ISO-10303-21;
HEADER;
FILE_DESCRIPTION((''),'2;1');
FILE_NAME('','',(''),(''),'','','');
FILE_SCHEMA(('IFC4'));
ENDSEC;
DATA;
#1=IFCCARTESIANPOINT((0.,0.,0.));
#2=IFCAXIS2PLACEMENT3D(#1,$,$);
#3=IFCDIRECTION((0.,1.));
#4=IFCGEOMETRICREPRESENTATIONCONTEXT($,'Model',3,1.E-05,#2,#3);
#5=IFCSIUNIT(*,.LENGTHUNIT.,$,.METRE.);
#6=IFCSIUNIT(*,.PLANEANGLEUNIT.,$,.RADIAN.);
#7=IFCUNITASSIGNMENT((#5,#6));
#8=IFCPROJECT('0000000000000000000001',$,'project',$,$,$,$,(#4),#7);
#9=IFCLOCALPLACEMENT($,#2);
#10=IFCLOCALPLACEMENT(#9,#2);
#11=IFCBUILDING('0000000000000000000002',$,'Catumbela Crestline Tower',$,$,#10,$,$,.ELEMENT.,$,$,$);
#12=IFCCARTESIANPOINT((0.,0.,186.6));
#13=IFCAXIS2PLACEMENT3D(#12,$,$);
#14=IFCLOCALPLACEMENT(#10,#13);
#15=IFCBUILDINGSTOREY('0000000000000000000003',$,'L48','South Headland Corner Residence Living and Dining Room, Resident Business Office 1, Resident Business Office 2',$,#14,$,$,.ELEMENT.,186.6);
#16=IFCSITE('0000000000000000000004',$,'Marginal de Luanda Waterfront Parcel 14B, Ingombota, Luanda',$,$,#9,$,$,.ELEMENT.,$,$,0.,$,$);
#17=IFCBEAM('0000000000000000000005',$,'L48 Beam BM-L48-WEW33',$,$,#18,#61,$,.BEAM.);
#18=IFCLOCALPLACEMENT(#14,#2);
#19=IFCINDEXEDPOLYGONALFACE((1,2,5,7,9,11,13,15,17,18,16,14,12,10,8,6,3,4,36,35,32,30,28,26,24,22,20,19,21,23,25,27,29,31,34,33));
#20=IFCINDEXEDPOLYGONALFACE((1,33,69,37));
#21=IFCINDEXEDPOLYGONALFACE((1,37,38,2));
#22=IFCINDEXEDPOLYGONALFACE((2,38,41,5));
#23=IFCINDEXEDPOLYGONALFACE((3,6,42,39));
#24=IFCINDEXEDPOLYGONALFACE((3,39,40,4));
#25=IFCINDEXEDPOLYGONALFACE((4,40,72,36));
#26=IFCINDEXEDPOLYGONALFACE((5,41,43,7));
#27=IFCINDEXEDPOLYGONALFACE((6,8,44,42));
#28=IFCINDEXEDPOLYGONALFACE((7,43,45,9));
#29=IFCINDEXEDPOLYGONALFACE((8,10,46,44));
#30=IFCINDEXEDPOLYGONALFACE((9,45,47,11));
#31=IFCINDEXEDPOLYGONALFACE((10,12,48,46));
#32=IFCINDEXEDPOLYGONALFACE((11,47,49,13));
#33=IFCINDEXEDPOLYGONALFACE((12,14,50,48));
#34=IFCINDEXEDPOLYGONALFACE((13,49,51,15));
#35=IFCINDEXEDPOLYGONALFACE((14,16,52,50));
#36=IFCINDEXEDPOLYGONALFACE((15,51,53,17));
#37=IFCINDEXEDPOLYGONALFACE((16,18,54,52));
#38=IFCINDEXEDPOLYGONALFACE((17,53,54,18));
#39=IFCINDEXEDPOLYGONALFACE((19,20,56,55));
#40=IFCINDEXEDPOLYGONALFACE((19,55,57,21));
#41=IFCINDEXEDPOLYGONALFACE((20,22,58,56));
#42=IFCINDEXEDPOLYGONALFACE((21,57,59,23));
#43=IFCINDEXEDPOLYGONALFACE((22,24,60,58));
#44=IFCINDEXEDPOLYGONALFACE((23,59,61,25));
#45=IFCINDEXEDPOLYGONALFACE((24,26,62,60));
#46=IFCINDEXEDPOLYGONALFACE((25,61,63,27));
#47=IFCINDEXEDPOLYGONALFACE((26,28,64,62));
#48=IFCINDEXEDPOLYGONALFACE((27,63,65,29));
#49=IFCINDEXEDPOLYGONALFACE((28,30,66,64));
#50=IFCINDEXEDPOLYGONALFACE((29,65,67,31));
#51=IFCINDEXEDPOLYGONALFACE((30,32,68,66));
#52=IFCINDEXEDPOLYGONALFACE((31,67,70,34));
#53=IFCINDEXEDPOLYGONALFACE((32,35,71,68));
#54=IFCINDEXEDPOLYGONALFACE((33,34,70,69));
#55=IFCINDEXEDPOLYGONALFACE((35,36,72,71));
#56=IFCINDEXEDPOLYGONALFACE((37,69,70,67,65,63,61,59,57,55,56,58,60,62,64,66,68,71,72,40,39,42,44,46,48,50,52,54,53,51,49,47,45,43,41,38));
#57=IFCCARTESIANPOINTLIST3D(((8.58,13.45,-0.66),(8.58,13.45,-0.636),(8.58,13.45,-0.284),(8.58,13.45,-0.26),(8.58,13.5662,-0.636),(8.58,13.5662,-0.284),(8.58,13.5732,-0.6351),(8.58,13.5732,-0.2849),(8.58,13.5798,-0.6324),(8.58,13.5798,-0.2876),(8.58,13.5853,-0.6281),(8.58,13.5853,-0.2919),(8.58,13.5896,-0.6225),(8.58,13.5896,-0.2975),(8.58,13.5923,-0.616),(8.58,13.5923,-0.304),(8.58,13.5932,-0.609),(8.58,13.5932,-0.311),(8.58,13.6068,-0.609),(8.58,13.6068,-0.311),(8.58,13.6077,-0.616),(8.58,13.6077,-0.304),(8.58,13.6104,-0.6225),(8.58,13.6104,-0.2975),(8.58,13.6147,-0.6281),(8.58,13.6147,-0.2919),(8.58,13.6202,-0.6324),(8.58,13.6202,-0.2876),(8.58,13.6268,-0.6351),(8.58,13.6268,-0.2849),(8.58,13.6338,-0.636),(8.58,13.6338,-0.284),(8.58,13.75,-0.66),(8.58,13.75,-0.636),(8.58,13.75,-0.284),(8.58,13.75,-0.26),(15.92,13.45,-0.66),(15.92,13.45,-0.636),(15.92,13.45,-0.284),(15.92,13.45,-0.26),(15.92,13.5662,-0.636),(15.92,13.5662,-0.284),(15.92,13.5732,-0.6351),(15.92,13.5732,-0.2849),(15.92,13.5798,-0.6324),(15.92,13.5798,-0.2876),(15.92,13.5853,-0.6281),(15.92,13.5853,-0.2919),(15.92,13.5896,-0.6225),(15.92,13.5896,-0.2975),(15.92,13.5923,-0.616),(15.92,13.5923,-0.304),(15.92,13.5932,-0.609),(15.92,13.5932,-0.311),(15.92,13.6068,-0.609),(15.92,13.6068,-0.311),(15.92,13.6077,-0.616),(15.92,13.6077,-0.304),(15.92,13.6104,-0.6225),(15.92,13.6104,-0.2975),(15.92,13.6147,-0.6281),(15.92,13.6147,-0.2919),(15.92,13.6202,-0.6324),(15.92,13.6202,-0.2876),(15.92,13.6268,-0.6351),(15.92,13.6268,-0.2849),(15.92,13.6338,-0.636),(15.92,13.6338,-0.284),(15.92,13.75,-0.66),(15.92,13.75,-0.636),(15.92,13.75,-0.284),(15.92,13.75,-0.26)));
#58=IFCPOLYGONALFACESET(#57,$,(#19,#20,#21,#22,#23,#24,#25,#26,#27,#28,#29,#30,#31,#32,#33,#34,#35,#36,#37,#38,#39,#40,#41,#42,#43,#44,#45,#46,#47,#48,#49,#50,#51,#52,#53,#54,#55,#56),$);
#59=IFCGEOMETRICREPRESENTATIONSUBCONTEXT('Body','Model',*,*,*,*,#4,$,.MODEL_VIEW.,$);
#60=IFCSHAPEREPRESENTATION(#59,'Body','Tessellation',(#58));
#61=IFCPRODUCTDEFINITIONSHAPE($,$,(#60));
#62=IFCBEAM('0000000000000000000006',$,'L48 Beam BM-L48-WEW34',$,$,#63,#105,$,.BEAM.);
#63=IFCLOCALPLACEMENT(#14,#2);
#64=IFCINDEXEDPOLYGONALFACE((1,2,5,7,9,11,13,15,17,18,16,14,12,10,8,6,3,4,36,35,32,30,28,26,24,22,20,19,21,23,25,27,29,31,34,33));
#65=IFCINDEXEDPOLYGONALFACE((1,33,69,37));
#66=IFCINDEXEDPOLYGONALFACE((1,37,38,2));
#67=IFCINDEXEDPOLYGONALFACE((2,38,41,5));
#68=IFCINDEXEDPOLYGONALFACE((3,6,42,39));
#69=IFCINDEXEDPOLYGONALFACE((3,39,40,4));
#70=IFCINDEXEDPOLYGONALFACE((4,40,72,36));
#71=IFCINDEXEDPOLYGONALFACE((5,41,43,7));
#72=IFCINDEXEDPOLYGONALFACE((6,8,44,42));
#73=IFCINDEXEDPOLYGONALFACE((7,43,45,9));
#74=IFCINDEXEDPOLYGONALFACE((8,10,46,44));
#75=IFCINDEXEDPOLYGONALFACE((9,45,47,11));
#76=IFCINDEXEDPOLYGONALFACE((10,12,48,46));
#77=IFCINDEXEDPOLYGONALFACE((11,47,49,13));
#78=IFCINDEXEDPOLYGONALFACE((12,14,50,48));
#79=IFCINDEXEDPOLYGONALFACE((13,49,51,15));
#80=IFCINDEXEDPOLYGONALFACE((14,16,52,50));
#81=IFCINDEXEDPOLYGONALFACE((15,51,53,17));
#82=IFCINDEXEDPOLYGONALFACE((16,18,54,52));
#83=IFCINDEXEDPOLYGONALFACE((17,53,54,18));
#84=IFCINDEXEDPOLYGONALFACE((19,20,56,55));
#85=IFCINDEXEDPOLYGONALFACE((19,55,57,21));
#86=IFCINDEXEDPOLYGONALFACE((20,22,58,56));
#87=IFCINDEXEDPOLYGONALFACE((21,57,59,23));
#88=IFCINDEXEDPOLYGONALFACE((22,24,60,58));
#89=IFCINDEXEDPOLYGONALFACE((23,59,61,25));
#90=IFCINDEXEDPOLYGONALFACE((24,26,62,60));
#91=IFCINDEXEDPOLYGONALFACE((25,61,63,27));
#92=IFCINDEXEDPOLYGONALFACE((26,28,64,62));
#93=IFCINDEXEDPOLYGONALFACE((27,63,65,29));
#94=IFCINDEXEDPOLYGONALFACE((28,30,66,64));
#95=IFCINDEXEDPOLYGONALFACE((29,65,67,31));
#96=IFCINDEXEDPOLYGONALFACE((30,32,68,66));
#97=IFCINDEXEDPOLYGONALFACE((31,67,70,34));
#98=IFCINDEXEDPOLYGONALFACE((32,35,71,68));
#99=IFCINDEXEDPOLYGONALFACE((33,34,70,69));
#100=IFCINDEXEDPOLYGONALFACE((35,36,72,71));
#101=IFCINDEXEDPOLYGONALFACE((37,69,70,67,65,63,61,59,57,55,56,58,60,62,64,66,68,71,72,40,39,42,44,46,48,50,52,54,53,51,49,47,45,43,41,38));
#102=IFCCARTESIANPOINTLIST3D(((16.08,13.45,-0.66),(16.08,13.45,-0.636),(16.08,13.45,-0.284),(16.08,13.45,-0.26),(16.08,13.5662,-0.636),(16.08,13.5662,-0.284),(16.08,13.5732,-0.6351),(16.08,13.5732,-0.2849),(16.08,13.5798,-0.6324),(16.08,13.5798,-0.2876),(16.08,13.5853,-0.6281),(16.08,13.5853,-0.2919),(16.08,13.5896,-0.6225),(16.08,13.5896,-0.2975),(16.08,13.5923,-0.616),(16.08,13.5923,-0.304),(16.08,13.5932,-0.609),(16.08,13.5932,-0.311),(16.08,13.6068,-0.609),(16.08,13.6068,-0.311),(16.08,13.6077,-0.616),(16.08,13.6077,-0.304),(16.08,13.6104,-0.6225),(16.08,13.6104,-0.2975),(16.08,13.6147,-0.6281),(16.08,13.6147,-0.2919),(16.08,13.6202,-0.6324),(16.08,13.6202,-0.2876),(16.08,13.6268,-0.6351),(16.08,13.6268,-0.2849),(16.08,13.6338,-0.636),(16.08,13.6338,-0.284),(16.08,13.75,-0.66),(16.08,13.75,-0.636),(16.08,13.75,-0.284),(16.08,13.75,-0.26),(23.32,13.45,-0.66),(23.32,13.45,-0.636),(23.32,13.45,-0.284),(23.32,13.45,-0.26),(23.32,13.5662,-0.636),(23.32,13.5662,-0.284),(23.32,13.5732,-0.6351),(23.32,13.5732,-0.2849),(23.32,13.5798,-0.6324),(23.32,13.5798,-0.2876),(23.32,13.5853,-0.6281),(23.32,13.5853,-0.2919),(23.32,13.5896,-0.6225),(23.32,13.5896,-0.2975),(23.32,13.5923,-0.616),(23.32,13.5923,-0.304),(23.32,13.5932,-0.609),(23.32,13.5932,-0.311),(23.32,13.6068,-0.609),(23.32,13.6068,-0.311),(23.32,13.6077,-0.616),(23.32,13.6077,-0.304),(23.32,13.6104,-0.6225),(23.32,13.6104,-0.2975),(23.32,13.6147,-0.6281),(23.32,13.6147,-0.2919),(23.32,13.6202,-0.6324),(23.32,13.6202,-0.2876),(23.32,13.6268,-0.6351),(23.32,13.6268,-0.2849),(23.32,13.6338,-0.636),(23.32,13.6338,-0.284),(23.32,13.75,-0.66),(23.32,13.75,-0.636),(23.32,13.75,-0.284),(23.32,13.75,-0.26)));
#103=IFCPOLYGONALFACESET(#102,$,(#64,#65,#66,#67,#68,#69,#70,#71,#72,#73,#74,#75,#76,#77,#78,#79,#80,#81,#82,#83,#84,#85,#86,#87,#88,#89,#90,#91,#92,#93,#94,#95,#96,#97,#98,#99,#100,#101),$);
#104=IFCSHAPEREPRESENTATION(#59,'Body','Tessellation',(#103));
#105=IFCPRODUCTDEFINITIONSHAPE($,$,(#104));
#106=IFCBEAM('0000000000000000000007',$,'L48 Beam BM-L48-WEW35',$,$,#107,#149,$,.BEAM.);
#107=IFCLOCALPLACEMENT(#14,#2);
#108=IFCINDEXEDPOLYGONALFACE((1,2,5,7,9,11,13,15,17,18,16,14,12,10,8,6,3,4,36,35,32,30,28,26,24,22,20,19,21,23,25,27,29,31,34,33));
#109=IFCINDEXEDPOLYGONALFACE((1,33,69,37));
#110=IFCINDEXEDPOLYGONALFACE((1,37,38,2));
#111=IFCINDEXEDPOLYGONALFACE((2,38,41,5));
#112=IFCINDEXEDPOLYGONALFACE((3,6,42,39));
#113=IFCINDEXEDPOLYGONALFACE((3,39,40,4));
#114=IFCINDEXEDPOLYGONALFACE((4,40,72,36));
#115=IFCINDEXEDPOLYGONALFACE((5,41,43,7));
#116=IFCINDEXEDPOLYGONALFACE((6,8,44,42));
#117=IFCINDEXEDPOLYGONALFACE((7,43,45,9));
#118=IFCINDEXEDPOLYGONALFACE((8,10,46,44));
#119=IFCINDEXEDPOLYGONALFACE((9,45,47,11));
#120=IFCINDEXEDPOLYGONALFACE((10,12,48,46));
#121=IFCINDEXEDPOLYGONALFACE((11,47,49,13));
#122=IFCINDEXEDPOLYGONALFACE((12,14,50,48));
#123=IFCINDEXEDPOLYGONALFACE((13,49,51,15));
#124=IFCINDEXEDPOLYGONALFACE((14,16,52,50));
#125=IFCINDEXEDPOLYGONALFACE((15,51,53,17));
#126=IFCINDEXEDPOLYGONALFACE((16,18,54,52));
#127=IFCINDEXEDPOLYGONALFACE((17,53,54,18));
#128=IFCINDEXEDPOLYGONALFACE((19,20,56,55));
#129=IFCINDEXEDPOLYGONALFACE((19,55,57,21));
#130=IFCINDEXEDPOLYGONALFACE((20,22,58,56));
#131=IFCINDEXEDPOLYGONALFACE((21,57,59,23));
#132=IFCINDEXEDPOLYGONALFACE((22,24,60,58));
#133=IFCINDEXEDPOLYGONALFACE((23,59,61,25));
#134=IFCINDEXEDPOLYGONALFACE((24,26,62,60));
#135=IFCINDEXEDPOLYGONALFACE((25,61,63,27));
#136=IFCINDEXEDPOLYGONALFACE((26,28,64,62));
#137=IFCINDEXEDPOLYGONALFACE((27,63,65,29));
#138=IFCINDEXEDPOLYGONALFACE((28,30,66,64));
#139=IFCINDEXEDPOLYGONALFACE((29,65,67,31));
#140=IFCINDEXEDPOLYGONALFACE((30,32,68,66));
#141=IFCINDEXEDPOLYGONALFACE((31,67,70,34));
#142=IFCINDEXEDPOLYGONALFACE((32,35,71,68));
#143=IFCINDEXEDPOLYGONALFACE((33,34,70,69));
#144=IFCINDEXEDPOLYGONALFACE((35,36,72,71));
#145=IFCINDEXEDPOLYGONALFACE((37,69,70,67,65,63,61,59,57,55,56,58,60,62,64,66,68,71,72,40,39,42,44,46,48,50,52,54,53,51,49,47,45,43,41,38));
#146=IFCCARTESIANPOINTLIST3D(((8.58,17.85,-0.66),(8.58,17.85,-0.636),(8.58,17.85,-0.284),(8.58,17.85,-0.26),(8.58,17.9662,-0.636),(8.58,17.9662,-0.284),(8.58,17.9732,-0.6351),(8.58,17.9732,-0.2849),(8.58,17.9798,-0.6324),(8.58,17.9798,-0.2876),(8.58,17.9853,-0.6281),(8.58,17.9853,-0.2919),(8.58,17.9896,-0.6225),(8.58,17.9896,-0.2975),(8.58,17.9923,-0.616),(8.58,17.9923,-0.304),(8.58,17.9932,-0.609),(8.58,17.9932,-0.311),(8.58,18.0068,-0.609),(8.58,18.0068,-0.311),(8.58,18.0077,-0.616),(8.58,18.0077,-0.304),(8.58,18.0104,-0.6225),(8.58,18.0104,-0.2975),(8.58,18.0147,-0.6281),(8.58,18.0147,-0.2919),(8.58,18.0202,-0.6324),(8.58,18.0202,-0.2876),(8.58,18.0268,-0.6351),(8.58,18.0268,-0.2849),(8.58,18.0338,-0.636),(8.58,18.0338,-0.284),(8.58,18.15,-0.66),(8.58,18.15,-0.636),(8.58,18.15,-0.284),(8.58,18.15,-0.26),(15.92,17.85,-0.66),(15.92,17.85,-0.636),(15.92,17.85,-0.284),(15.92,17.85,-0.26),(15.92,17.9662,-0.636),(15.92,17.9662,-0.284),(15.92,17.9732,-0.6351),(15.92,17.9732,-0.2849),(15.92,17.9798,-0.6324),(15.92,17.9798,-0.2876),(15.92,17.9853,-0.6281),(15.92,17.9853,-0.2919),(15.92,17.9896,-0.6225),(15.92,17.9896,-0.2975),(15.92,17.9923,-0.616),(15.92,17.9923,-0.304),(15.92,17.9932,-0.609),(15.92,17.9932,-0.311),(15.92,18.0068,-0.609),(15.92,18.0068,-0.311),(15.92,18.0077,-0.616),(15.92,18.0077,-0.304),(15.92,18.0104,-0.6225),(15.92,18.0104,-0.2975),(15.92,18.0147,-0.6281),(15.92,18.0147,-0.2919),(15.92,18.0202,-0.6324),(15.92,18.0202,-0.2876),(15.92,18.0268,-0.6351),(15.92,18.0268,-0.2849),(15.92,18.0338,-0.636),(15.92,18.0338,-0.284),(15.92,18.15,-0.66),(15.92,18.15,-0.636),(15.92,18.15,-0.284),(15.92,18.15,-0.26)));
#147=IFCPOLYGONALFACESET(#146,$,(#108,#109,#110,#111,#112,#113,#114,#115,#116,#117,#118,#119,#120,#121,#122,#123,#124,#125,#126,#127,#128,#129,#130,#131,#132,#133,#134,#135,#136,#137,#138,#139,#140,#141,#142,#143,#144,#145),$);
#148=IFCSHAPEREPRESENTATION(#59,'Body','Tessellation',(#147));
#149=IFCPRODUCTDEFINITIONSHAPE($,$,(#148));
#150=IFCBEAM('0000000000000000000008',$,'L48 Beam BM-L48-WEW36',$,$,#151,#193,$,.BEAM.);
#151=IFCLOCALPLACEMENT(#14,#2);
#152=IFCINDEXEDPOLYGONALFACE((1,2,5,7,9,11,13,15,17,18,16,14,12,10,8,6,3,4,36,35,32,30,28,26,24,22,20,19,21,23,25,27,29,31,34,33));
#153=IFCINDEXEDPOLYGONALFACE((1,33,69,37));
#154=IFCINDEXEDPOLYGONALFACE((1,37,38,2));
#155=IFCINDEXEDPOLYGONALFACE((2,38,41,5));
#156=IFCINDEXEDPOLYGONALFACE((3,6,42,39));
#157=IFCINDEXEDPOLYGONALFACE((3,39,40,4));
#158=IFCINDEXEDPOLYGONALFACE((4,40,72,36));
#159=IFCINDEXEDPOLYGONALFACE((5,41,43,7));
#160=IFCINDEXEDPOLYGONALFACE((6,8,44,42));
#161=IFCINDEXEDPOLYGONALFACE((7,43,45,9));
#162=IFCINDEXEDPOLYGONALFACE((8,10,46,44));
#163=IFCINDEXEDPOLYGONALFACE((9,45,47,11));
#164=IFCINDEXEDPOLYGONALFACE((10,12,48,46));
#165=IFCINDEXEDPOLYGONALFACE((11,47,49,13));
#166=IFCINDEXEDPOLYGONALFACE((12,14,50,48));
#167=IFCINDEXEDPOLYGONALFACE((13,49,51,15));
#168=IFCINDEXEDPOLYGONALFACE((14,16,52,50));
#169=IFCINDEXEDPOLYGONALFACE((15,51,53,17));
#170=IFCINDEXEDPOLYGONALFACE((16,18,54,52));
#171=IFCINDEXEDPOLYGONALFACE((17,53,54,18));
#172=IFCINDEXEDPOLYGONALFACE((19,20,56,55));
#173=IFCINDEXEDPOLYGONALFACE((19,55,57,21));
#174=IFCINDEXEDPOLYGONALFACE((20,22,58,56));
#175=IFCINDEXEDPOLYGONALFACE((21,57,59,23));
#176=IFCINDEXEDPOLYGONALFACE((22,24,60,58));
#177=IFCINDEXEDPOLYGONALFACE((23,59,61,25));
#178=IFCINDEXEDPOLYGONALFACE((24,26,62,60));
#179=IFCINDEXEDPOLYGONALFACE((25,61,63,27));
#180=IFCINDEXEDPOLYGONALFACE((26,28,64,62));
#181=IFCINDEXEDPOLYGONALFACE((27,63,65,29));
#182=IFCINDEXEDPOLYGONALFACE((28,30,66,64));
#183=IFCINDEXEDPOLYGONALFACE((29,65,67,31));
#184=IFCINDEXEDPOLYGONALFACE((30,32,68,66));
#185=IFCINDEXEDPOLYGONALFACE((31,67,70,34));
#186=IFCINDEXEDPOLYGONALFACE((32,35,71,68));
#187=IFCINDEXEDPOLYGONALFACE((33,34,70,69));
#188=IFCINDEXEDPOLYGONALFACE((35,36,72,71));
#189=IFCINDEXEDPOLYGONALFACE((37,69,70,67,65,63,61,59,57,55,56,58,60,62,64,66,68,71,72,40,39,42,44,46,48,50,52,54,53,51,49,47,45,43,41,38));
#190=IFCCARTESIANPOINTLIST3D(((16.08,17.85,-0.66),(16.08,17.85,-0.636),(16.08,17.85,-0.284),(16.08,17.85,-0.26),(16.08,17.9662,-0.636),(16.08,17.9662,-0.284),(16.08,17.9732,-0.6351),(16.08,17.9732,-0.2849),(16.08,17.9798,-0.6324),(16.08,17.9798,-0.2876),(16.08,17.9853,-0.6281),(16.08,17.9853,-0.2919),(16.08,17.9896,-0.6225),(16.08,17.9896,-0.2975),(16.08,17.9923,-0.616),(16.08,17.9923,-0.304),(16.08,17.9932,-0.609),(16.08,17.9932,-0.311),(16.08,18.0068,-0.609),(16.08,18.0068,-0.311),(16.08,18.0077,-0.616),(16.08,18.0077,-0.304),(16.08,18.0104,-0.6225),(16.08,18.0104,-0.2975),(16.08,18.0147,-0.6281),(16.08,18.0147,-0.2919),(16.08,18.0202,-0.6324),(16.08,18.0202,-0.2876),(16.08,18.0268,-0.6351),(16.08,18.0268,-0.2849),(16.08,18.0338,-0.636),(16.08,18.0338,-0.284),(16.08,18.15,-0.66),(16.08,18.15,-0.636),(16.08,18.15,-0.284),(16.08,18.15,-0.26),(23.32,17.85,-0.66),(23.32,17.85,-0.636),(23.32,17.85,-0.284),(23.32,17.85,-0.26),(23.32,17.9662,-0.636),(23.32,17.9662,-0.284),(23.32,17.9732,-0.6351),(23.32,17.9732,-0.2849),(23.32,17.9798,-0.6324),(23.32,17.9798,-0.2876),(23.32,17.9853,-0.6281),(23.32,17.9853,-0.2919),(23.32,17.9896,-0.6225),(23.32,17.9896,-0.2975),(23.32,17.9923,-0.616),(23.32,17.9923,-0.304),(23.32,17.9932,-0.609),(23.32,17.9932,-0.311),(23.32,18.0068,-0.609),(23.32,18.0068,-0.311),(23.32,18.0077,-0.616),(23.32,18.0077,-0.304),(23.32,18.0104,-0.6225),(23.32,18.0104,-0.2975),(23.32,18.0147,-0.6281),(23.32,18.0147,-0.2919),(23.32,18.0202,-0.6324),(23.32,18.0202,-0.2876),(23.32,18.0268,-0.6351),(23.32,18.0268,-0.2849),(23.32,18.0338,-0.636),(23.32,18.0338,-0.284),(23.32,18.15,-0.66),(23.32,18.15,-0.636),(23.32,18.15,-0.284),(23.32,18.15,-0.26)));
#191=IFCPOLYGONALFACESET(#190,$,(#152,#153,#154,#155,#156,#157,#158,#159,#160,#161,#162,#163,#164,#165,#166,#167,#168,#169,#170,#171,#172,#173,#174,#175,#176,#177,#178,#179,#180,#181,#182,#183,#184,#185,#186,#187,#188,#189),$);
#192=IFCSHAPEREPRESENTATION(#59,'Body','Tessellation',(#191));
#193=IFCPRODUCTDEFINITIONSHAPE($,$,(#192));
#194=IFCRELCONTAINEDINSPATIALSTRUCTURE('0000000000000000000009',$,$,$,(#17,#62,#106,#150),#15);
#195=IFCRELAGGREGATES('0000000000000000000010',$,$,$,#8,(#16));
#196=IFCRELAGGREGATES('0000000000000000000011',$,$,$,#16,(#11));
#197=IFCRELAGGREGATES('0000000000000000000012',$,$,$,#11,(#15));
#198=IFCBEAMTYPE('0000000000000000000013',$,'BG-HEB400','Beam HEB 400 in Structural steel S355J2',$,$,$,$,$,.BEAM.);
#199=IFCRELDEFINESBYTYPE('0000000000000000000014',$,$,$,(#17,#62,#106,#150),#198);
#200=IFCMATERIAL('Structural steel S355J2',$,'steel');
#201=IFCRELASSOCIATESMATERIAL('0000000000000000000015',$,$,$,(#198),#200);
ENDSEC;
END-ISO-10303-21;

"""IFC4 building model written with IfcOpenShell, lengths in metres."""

from ifc_helpers import new_model, si_unit, direction, frame, origin, origin_2d, place, context, subcontext, project, spatial, i_section, extrude, material, material_profile, profile_set, type_object, element, save


model = new_model("IFC4")

# Units and contexts
model_context = context("Model", 3, precision=1e-05, world=origin(), true_north=direction((0.0, 1.0)))
body_context = subcontext(model_context, "Body", "Model", "MODEL_VIEW")
ifc_project = project(units=[si_unit("LENGTHUNIT", "METRE"), si_unit("PLANEANGLEUNIT", "RADIAN")], contexts=[model_context])

# Site, building, storey
site_placement = place(None, origin())
site = spatial("IfcSite", under=ifc_project, at=site_placement, Name="Marginal de Luanda Waterfront Parcel 14B, Ingombota, Luanda", CompositionType="ELEMENT", RefElevation=0.0)
building_placement = place(site_placement, origin())
building = spatial("IfcBuilding", under=site, at=building_placement, Name="Catumbela Crestline Tower", CompositionType="ELEMENT")
storey_placement = place(building_placement, frame((0.0, 0.0, 186.6)))
storey = spatial("IfcBuildingStorey", under=building, at=storey_placement, Name="L48", Description="South Headland Corner Residence Living and Dining Room, Resident Business Office 1, Resident Business Office 2", CompositionType="ELEMENT", Elevation=186.6)

# Shared definitions
ifc_material_1 = material(Name="Structural steel S355J2", Category="steel")

# Beams
ifc_material_profile_1 = material_profile(ifc_material_1, i_section(OverallWidth=0.3, OverallDepth=0.4, WebThickness=0.0135, FlangeThickness=0.024, FilletRadius=0.027, at=origin_2d()), Name="HEB 400")
ifc_profile_set_1 = profile_set([ifc_material_profile_1], Name="Structural steel S355J2")
beam_type_1 = type_object("IfcBeamType", Name="BG-HEB400", Description="Beam HEB 400 in Structural steel S355J2", PredefinedType="BEAM", material=ifc_profile_set_1)
beam_1_placement = place(storey_placement, frame((8.58, 13.6, -0.46), z_axis=(1.0, 0.0, 0.0), x_axis=(0.0, 1.0, 0.0)))
element("IfcBeam", 1, at=beam_1_placement, inside=storey, type_object=beam_type_1, Name="L48 Beam BM-L48-WEW33", PredefinedType="BEAM", context=body_context, shape_type="SweptSolid", body=[
    extrude(i_section(OverallWidth=0.3, OverallDepth=0.4, WebThickness=0.0135, FlangeThickness=0.024, FilletRadius=0.027, at=origin_2d()), origin(), (0.0, 0.0, 1.0), 7.34),
])
beam_2_placement = place(storey_placement, frame((16.08, 13.6, -0.46), z_axis=(1.0, 0.0, 0.0), x_axis=(0.0, 1.0, 0.0)))
element("IfcBeam", 2, at=beam_2_placement, inside=storey, type_object=beam_type_1, Name="L48 Beam BM-L48-WEW34", PredefinedType="BEAM", context=body_context, shape_type="SweptSolid", body=[
    extrude(i_section(OverallWidth=0.3, OverallDepth=0.4, WebThickness=0.0135, FlangeThickness=0.024, FilletRadius=0.027, at=origin_2d()), origin(), (0.0, 0.0, 1.0), 7.24),
])
beam_3_placement = place(storey_placement, frame((8.58, 18.0, -0.46), z_axis=(1.0, 0.0, 0.0), x_axis=(0.0, 1.0, 0.0)))
element("IfcBeam", 3, at=beam_3_placement, inside=storey, type_object=beam_type_1, Name="L48 Beam BM-L48-WEW35", PredefinedType="BEAM", context=body_context, shape_type="SweptSolid", body=[
    extrude(i_section(OverallWidth=0.3, OverallDepth=0.4, WebThickness=0.0135, FlangeThickness=0.024, FilletRadius=0.027, at=origin_2d()), origin(), (0.0, 0.0, 1.0), 7.34),
])
beam_4_placement = place(storey_placement, frame((16.08, 18.0, -0.46), z_axis=(1.0, 0.0, 0.0), x_axis=(0.0, 1.0, 0.0)))
element("IfcBeam", 4, at=beam_4_placement, inside=storey, type_object=beam_type_1, Name="L48 Beam BM-L48-WEW36", PredefinedType="BEAM", context=body_context, shape_type="SweptSolid", body=[
    extrude(i_section(OverallWidth=0.3, OverallDepth=0.4, WebThickness=0.0135, FlangeThickness=0.024, FilletRadius=0.027, at=origin_2d()), origin(), (0.0, 0.0, 1.0), 7.24),
])

save(model, "model.ifc")
